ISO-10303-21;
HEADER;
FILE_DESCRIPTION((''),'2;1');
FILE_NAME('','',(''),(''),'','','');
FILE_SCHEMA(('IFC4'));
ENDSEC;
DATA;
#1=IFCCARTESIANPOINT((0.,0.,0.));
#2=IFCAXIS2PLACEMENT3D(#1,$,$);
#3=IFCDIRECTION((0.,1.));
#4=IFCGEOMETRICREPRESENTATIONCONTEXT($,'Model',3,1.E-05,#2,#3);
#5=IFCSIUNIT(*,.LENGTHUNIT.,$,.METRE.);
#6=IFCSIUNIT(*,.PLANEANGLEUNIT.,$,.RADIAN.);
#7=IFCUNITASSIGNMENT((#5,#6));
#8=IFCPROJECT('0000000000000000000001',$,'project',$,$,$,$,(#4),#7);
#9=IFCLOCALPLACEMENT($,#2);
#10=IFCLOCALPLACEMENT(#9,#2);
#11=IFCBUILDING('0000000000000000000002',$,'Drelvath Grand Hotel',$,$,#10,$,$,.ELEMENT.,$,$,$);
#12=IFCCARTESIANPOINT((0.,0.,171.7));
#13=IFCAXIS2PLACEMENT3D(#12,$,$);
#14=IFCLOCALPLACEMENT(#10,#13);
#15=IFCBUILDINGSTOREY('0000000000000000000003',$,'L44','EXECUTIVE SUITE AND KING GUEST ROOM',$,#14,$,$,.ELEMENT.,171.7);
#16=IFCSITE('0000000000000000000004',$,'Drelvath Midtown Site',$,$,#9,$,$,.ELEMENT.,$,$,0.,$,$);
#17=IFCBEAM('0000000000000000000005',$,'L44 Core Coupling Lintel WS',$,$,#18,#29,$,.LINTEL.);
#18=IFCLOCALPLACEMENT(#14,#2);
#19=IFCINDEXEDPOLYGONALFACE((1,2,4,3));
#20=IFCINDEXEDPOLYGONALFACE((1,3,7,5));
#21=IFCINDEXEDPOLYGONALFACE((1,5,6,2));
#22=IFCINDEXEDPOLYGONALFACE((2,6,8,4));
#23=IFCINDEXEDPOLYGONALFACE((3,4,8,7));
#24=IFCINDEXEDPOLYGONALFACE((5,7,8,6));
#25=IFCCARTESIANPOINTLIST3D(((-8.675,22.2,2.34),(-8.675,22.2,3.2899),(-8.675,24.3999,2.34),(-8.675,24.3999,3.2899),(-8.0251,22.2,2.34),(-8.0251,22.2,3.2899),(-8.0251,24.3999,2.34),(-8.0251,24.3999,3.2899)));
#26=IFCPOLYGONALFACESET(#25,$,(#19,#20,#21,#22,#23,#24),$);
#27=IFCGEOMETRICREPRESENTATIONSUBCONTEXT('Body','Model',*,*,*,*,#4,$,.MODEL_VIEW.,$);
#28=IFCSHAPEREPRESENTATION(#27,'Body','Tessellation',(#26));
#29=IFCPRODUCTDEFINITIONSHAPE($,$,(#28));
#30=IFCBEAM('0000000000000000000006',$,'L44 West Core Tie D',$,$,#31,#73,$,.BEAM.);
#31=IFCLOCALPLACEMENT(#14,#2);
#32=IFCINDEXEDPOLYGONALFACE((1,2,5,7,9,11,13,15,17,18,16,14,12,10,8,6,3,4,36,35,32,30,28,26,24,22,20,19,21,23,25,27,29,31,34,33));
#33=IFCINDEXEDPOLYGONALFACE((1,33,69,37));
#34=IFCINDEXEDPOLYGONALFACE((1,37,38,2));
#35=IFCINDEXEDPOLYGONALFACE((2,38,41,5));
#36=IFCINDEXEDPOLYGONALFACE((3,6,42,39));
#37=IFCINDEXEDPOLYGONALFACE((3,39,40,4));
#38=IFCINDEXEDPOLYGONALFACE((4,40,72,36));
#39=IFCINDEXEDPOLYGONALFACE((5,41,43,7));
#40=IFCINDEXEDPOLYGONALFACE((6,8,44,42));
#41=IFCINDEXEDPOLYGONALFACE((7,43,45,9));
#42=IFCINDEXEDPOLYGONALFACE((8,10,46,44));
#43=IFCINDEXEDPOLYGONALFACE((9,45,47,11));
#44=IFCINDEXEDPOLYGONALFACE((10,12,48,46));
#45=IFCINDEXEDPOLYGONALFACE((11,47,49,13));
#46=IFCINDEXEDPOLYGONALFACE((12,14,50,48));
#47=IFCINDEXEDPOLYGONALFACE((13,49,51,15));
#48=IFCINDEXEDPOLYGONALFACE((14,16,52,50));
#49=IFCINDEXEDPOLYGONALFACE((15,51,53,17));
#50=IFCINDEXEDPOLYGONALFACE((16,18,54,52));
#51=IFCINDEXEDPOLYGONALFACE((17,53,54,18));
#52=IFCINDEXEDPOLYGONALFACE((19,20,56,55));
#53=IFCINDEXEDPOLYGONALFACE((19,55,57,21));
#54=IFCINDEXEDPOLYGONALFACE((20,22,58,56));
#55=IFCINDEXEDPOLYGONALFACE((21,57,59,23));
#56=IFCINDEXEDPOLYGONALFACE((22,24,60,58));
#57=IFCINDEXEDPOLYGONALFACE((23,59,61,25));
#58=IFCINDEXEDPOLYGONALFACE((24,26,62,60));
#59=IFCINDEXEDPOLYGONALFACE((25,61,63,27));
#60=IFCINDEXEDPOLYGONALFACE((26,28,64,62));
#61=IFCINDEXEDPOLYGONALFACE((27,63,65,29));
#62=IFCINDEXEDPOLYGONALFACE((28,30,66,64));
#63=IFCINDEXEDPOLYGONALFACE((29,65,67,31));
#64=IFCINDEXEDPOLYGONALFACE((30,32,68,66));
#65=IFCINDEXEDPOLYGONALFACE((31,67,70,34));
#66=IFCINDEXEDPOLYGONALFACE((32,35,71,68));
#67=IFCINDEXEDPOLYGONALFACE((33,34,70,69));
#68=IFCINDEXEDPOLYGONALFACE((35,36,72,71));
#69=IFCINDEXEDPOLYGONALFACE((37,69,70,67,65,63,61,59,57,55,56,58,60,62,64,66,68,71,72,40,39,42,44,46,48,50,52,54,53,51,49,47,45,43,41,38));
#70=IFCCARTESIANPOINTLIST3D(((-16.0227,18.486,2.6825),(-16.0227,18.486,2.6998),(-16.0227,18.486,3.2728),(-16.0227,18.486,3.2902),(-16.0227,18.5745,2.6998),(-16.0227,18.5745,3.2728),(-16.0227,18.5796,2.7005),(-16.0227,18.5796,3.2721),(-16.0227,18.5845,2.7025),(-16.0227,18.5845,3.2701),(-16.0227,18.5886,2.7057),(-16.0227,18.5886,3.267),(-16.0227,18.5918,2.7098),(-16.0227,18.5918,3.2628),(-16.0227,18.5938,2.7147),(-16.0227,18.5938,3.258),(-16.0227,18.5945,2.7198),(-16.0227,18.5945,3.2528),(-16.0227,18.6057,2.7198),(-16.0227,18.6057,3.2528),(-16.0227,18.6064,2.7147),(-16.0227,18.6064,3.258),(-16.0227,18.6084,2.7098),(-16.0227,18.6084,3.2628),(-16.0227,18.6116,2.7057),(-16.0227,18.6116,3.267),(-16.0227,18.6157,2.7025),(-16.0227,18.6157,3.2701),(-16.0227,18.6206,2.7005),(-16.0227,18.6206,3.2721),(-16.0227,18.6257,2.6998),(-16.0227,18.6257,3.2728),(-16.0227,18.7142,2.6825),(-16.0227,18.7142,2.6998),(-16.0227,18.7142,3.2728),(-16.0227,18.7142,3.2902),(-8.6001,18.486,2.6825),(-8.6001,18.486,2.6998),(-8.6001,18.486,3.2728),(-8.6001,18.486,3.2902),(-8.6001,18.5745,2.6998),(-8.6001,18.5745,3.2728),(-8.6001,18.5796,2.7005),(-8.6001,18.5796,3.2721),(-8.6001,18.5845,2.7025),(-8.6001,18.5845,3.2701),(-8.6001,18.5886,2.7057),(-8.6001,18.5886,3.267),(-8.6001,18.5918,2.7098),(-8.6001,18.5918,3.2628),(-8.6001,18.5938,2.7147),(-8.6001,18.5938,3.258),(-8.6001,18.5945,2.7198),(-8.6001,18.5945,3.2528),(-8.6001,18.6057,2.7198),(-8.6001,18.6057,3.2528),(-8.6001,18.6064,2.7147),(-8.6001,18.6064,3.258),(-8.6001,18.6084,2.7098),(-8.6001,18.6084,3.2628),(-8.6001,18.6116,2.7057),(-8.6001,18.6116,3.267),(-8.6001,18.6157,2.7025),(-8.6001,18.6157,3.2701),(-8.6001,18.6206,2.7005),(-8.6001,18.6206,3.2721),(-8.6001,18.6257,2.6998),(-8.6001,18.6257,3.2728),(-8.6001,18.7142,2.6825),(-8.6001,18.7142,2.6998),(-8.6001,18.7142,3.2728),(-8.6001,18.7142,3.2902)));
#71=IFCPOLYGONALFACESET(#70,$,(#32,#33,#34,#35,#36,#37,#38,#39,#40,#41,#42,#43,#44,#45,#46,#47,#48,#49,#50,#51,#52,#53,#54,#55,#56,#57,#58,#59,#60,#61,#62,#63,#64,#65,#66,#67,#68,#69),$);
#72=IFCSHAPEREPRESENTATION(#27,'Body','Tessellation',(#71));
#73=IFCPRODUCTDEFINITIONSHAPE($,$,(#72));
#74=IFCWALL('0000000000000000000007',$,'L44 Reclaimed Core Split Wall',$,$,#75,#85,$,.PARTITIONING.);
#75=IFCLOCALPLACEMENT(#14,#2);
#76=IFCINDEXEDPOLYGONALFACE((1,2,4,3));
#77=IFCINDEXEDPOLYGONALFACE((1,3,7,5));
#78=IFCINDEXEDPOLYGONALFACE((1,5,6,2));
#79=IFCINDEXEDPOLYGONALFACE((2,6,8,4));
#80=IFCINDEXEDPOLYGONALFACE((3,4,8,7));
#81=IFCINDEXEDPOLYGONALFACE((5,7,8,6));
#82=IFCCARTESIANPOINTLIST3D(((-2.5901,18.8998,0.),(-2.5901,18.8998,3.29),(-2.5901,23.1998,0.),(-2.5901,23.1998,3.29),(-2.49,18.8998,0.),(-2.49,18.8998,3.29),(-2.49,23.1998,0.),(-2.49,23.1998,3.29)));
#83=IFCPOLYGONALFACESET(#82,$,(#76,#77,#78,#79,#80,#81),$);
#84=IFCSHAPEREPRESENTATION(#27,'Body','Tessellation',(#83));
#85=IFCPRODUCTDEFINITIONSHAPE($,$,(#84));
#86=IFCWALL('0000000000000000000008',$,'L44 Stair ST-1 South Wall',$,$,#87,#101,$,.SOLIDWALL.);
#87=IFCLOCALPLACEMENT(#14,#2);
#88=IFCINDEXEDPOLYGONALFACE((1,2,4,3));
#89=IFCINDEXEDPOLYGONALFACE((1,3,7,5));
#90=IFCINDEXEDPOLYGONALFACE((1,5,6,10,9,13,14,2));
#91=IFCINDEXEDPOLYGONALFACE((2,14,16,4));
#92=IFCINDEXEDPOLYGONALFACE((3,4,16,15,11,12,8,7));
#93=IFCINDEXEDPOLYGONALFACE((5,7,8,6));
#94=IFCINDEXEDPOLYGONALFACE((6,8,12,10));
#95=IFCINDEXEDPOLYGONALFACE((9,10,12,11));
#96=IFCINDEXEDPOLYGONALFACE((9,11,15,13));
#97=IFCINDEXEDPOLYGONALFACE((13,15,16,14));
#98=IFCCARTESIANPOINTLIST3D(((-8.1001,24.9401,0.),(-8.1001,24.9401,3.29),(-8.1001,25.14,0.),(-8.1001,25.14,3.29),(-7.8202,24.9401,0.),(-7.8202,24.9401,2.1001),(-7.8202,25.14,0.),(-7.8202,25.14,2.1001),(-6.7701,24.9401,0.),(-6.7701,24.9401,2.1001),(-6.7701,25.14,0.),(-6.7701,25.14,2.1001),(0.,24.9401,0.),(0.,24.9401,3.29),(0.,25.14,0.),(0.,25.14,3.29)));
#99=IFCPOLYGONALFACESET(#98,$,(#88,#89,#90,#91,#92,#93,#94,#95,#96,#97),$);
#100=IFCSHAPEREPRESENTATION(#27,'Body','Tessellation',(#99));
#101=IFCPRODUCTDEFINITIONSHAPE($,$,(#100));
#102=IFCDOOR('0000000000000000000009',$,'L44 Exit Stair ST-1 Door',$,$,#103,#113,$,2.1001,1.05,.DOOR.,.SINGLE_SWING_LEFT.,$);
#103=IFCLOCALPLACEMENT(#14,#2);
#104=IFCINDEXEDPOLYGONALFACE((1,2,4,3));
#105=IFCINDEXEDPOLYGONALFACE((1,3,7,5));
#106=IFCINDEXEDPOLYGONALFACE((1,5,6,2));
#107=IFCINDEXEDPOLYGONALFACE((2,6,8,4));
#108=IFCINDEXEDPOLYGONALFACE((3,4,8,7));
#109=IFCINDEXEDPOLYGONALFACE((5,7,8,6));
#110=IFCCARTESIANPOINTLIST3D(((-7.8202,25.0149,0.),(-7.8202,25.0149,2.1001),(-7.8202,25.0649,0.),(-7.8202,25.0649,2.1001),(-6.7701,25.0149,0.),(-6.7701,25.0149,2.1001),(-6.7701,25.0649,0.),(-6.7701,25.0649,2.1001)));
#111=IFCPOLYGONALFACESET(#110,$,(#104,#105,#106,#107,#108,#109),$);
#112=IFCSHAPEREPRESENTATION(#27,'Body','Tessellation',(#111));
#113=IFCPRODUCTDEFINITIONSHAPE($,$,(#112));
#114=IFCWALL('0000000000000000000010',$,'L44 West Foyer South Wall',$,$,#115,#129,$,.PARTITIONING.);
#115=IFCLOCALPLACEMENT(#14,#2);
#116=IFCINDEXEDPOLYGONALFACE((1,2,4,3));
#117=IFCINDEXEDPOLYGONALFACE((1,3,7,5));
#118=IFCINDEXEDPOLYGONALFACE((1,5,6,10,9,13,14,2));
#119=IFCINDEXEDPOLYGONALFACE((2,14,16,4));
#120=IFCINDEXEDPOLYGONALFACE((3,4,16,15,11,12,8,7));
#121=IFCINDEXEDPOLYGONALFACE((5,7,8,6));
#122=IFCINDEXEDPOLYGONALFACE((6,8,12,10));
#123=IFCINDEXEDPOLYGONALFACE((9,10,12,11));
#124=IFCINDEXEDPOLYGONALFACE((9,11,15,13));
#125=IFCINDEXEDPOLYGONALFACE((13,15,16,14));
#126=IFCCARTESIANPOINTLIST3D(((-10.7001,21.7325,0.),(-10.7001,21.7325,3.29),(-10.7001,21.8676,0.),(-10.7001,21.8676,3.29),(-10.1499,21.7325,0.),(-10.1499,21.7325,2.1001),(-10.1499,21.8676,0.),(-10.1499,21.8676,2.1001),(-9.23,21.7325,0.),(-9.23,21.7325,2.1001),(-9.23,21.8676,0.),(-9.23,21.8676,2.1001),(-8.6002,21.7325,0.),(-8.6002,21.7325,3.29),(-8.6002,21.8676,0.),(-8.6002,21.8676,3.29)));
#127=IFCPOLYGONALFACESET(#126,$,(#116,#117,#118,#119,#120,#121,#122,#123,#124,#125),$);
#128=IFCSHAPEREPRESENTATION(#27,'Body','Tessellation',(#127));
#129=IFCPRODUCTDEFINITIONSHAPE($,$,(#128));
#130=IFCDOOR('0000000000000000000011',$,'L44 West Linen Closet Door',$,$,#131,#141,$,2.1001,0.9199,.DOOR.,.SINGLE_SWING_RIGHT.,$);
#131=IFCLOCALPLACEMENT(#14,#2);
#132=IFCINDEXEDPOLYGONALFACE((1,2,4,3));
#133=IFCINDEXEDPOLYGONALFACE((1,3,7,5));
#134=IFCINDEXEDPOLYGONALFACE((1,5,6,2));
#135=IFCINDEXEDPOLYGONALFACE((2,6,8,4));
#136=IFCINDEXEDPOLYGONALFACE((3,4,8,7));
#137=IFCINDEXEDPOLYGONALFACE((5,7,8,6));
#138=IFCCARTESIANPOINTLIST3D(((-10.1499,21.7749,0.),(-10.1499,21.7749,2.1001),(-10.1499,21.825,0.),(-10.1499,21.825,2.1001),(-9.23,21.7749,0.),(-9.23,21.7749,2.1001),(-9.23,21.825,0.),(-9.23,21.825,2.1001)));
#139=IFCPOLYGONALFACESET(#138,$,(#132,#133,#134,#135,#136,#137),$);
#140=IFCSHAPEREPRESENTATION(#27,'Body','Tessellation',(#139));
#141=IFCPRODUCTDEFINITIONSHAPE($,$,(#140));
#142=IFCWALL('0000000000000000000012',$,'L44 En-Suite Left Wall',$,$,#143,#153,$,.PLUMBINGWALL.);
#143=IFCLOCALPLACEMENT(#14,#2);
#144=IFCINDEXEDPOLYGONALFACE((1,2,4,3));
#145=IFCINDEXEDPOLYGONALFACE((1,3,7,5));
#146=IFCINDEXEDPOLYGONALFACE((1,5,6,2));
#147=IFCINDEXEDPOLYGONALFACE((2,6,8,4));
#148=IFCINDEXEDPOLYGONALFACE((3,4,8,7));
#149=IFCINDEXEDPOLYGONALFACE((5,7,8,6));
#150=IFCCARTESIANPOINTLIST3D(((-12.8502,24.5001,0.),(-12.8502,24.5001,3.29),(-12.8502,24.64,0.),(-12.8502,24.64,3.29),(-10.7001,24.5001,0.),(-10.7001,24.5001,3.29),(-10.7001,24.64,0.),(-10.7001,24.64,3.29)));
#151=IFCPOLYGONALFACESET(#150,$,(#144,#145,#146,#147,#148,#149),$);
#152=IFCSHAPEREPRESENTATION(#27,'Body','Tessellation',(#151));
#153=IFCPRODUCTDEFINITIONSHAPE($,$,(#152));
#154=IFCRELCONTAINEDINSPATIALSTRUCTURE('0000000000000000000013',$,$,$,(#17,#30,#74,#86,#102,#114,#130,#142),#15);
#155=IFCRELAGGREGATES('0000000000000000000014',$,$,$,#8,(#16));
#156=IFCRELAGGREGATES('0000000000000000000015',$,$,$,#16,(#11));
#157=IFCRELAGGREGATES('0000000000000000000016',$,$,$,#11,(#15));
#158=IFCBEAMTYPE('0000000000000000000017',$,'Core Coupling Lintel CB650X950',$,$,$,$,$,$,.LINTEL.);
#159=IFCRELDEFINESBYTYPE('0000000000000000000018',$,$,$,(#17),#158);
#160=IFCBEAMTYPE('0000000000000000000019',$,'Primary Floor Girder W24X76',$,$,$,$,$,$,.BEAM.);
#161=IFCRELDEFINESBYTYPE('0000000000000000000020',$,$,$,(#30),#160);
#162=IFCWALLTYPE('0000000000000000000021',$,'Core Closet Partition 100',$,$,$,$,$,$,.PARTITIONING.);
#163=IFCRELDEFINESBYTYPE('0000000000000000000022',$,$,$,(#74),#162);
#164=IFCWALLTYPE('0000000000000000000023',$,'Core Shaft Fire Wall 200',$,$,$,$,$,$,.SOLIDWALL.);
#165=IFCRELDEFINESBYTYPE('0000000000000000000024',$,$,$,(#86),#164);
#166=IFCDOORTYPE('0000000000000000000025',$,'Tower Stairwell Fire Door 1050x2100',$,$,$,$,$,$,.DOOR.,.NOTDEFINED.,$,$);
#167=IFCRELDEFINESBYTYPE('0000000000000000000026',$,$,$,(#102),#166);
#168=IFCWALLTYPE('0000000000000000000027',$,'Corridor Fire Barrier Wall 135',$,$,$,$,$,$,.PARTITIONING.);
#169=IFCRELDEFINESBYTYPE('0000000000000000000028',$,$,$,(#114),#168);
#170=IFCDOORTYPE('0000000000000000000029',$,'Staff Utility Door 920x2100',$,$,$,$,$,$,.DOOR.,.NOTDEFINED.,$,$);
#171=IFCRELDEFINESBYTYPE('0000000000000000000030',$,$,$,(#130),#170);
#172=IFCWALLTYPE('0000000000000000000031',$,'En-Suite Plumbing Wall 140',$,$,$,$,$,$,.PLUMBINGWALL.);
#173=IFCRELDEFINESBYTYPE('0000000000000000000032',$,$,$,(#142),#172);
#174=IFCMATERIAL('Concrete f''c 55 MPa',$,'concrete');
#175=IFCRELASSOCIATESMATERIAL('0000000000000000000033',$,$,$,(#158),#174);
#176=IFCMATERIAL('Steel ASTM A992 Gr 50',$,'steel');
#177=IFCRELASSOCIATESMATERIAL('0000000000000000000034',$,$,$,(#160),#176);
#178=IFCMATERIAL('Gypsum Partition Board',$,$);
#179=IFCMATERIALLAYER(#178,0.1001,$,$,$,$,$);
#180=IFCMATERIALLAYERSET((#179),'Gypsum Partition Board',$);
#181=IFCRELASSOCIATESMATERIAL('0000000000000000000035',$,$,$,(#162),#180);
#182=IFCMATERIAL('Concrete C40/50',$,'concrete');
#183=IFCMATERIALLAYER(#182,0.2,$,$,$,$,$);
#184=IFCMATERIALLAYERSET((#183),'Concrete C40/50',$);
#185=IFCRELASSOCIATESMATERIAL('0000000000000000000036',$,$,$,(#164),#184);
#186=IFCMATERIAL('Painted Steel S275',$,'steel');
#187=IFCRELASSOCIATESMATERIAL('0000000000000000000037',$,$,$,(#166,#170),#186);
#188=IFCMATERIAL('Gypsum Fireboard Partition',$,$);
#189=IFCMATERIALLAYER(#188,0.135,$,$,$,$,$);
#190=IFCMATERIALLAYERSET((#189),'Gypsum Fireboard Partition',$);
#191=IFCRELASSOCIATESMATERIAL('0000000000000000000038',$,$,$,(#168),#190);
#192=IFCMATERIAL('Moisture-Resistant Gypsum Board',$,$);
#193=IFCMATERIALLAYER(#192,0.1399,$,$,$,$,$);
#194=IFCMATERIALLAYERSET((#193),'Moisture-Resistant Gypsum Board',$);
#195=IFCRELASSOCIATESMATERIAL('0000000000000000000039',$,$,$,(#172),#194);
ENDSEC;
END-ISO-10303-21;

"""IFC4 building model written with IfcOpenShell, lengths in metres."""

from ifc_helpers import new_model, si_unit, direction, frame, frame_2d, origin, origin_2d, place, context, subcontext, project, spatial, rectangle, i_section, extrude, material, layer, layer_set, material_profile, profile_set, type_object, element, fill, save


model = new_model("IFC4")

# Units and contexts
model_context = context("Model", 3, precision=1e-05, world=origin(), true_north=direction((0.0, 1.0)))
body_context = subcontext(model_context, "Body", "Model", "MODEL_VIEW")
ifc_project = project(units=[si_unit("LENGTHUNIT", "METRE"), si_unit("PLANEANGLEUNIT", "RADIAN")], contexts=[model_context])

# Site, building, storey
site_placement = place(None, origin())
site = spatial("IfcSite", under=ifc_project, at=site_placement, Name="Drelvath Midtown Site", CompositionType="ELEMENT", RefElevation=0.0)
building_placement = place(site_placement, origin())
building = spatial("IfcBuilding", under=site, at=building_placement, Name="Drelvath Grand Hotel", CompositionType="ELEMENT")
storey_placement = place(building_placement, frame((0.0, 0.0, 171.7)))
storey = spatial("IfcBuildingStorey", under=building, at=storey_placement, Name="L44", Description="EXECUTIVE SUITE AND KING GUEST ROOM", CompositionType="ELEMENT", Elevation=171.7)

# Beams
ifc_material_1 = material(Name="Concrete f'c 55 MPa", Category="concrete")
ifc_material_profile_1 = material_profile(ifc_material_1, rectangle(XDim=0.6499, YDim=0.95, at=origin_2d()), Name="CB650X950")
ifc_profile_set_1 = profile_set([ifc_material_profile_1], Name="Concrete f'c 55 MPa")
beam_type_1 = type_object("IfcBeamType", Name="Core Coupling Lintel CB650X950", PredefinedType="LINTEL", material=ifc_profile_set_1)
beam_1_placement = place(storey_placement, frame((-8.3501, 22.2, 2.8149), z_axis=(0.0, 1.0, 0.0), x_axis=(-1.0, 0.0, 0.0)))
element("IfcBeam", 1, at=beam_1_placement, inside=storey, type_object=beam_type_1, Name="L44 Core Coupling Lintel WS", PredefinedType="LINTEL", context=body_context, shape_type="SweptSolid", body=[
    extrude(rectangle(XDim=0.6499, YDim=0.95, at=origin_2d()), origin(), (0.0, 0.0, 1.0), 2.2),
])
ifc_material_2 = material(Name="Steel ASTM A992 Gr 50", Category="steel")
ifc_material_profile_2 = material_profile(ifc_material_2, i_section(OverallWidth=0.2283, OverallDepth=0.6077, WebThickness=0.0112, FlangeThickness=0.0173, FilletRadius=0.02, at=origin_2d()), Name="W24X76")
ifc_profile_set_2 = profile_set([ifc_material_profile_2], Name="Steel ASTM A992 Gr 50")
beam_type_2 = type_object("IfcBeamType", Name="Primary Floor Girder W24X76", PredefinedType="BEAM", material=ifc_profile_set_2)
beam_2_placement = place(storey_placement, frame((-16.0227, 18.6001, 2.9863), z_axis=(1.0, 0.0, 0.0), x_axis=(0.0, 1.0, 0.0)))
element("IfcBeam", 2, at=beam_2_placement, inside=storey, type_object=beam_type_2, Name="L44 West Core Tie D", PredefinedType="BEAM", context=body_context, shape_type="SweptSolid", body=[
    extrude(i_section(OverallWidth=0.2283, OverallDepth=0.6077, WebThickness=0.0112, FlangeThickness=0.0173, FilletRadius=0.02, at=origin_2d()), origin(), (0.0, 0.0, 1.0), 7.4226),
])

# Wall
ifc_material_3 = material(Name="Gypsum Partition Board")
ifc_layer_1 = layer(ifc_material_3, 0.1001)
ifc_layer_set_1 = layer_set([ifc_layer_1], Name="Gypsum Partition Board")
wall_type_1 = type_object("IfcWallType", Name="Core Closet Partition 100", PredefinedType="PARTITIONING", material=ifc_layer_set_1)
wall_1_placement = place(storey_placement, frame((-2.54, 18.8999, 0.0), z_axis=(0.0, 0.0, 1.0), x_axis=(0.0, 1.0, 0.0)))
element("IfcWall", 3, at=wall_1_placement, inside=storey, type_object=wall_type_1, Name="L44 Reclaimed Core Split Wall", PredefinedType="PARTITIONING", context=body_context, shape_type="SweptSolid", body=[
    extrude(rectangle(XDim=4.3, YDim=0.1001, at=frame_2d((2.1499, 0.0))), origin(), (0.0, 0.0, 1.0), 3.29),
])

# Walls, openings, doors
ifc_material_4 = material(Name="Concrete C40/50", Category="concrete")
ifc_layer_2 = layer(ifc_material_4, 0.2)
ifc_layer_set_2 = layer_set([ifc_layer_2], Name="Concrete C40/50")
wall_type_2 = type_object("IfcWallType", Name="Core Shaft Fire Wall 200", PredefinedType="SOLIDWALL", material=ifc_layer_set_2)
wall_2_placement = place(storey_placement, frame((-8.1001, 25.04, 0.0), z_axis=(0.0, 0.0, 1.0), x_axis=(1.0, 0.0, 0.0)))
wall_2 = element("IfcWall", 4, at=wall_2_placement, inside=storey, type_object=wall_type_2, Name="L44 Stair ST-1 South Wall", PredefinedType="SOLIDWALL", context=body_context, shape_type="SweptSolid", body=[
    extrude(rectangle(XDim=8.1001, YDim=0.2, at=frame_2d((4.05, 0.0))), origin(), (0.0, 0.0, 1.0), 3.29),
])
opening_1_placement = place(wall_2_placement, frame((0.28, 0.0, 0.0)))
opening_1 = element("IfcOpeningElement", 5, at=opening_1_placement, cuts=wall_2, PredefinedType="OPENING", context=body_context, shape_type="SweptSolid", body=[
    extrude(rectangle(XDim=1.05, YDim=2.1001, at=frame_2d((0.5249, 1.05))), frame((0.0, 0.1099, 0.0), z_axis=(0.0, -1.0, 0.0), x_axis=(1.0, 0.0, 0.0)), (0.0, 0.0, 1.0), 0.22),
])
ifc_material_5 = material(Name="Painted Steel S275", Category="steel")
door_type_1 = type_object("IfcDoorType", Name="Tower Stairwell Fire Door 1050x2100", OperationType="NOTDEFINED", PredefinedType="DOOR", material=ifc_material_5)
door_1_placement = place(opening_1_placement, origin())
door_1 = element("IfcDoor", 6, at=door_1_placement, inside=storey, type_object=door_type_1, Name="L44 Exit Stair ST-1 Door", OperationType="SINGLE_SWING_LEFT", OverallHeight=2.1001, OverallWidth=1.05, PredefinedType="DOOR", context=body_context, shape_type="SweptSolid", body=[
    extrude(rectangle(XDim=1.05, YDim=2.1001, at=frame_2d((0.5249, 1.05))), frame((0.0, 0.0249, 0.0), z_axis=(0.0, -1.0, 0.0), x_axis=(1.0, 0.0, 0.0)), (0.0, 0.0, 1.0), 0.05),
])
fill(opening_1, door_1)
ifc_material_6 = material(Name="Gypsum Fireboard Partition")
ifc_layer_3 = layer(ifc_material_6, 0.135)
ifc_layer_set_3 = layer_set([ifc_layer_3], Name="Gypsum Fireboard Partition")
wall_type_3 = type_object("IfcWallType", Name="Corridor Fire Barrier Wall 135", PredefinedType="PARTITIONING", material=ifc_layer_set_3)
wall_3_placement = place(storey_placement, frame((-10.7, 21.8, 0.0), z_axis=(0.0, 0.0, 1.0), x_axis=(1.0, 0.0, 0.0)))
wall_3 = element("IfcWall", 7, at=wall_3_placement, inside=storey, type_object=wall_type_3, Name="L44 West Foyer South Wall", PredefinedType="PARTITIONING", context=body_context, shape_type="SweptSolid", body=[
    extrude(rectangle(XDim=2.0999, YDim=0.135, at=frame_2d((1.0498, 0.0))), origin(), (0.0, 0.0, 1.0), 3.29),
])
opening_2_placement = place(wall_3_placement, frame((0.55, 0.0, 0.0)))
opening_2 = element("IfcOpeningElement", 8, at=opening_2_placement, cuts=wall_3, PredefinedType="OPENING", context=body_context, shape_type="SweptSolid", body=[
    extrude(rectangle(XDim=0.9199, YDim=2.1001, at=frame_2d((0.46, 1.05))), frame((0.0, 0.0774, 0.0), z_axis=(0.0, -1.0, 0.0), x_axis=(1.0, 0.0, 0.0)), (0.0, 0.0, 1.0), 0.155),
])
door_type_2 = type_object("IfcDoorType", Name="Staff Utility Door 920x2100", OperationType="NOTDEFINED", PredefinedType="DOOR", material=ifc_material_5)
door_2_placement = place(opening_2_placement, origin())
door_2 = element("IfcDoor", 9, at=door_2_placement, inside=storey, type_object=door_type_2, Name="L44 West Linen Closet Door", OperationType="SINGLE_SWING_RIGHT", OverallHeight=2.1001, OverallWidth=0.9199, PredefinedType="DOOR", context=body_context, shape_type="SweptSolid", body=[
    extrude(rectangle(XDim=0.9199, YDim=2.1001, at=frame_2d((0.46, 1.05))), frame((0.0, 0.0249, 0.0), z_axis=(0.0, -1.0, 0.0), x_axis=(1.0, 0.0, 0.0)), (0.0, 0.0, 1.0), 0.05),
])
fill(opening_2, door_2)

# Wall
ifc_material_7 = material(Name="Moisture-Resistant Gypsum Board")
ifc_layer_4 = layer(ifc_material_7, 0.1399)
ifc_layer_set_4 = layer_set([ifc_layer_4], Name="Moisture-Resistant Gypsum Board")
wall_type_4 = type_object("IfcWallType", Name="En-Suite Plumbing Wall 140", PredefinedType="PLUMBINGWALL", material=ifc_layer_set_4)
wall_4_placement = place(storey_placement, frame((-10.7, 24.5701, 0.0), z_axis=(0.0, 0.0, 1.0), x_axis=(-1.0, 0.0, 0.0)))
element("IfcWall", 10, at=wall_4_placement, inside=storey, type_object=wall_type_4, Name="L44 En-Suite Left Wall", PredefinedType="PLUMBINGWALL", context=body_context, shape_type="SweptSolid", body=[
    extrude(rectangle(XDim=2.1501, YDim=0.1399, at=frame_2d((1.0752, 0.0))), origin(), (0.0, 0.0, 1.0), 3.29),
])

save(model, "model.ifc")
